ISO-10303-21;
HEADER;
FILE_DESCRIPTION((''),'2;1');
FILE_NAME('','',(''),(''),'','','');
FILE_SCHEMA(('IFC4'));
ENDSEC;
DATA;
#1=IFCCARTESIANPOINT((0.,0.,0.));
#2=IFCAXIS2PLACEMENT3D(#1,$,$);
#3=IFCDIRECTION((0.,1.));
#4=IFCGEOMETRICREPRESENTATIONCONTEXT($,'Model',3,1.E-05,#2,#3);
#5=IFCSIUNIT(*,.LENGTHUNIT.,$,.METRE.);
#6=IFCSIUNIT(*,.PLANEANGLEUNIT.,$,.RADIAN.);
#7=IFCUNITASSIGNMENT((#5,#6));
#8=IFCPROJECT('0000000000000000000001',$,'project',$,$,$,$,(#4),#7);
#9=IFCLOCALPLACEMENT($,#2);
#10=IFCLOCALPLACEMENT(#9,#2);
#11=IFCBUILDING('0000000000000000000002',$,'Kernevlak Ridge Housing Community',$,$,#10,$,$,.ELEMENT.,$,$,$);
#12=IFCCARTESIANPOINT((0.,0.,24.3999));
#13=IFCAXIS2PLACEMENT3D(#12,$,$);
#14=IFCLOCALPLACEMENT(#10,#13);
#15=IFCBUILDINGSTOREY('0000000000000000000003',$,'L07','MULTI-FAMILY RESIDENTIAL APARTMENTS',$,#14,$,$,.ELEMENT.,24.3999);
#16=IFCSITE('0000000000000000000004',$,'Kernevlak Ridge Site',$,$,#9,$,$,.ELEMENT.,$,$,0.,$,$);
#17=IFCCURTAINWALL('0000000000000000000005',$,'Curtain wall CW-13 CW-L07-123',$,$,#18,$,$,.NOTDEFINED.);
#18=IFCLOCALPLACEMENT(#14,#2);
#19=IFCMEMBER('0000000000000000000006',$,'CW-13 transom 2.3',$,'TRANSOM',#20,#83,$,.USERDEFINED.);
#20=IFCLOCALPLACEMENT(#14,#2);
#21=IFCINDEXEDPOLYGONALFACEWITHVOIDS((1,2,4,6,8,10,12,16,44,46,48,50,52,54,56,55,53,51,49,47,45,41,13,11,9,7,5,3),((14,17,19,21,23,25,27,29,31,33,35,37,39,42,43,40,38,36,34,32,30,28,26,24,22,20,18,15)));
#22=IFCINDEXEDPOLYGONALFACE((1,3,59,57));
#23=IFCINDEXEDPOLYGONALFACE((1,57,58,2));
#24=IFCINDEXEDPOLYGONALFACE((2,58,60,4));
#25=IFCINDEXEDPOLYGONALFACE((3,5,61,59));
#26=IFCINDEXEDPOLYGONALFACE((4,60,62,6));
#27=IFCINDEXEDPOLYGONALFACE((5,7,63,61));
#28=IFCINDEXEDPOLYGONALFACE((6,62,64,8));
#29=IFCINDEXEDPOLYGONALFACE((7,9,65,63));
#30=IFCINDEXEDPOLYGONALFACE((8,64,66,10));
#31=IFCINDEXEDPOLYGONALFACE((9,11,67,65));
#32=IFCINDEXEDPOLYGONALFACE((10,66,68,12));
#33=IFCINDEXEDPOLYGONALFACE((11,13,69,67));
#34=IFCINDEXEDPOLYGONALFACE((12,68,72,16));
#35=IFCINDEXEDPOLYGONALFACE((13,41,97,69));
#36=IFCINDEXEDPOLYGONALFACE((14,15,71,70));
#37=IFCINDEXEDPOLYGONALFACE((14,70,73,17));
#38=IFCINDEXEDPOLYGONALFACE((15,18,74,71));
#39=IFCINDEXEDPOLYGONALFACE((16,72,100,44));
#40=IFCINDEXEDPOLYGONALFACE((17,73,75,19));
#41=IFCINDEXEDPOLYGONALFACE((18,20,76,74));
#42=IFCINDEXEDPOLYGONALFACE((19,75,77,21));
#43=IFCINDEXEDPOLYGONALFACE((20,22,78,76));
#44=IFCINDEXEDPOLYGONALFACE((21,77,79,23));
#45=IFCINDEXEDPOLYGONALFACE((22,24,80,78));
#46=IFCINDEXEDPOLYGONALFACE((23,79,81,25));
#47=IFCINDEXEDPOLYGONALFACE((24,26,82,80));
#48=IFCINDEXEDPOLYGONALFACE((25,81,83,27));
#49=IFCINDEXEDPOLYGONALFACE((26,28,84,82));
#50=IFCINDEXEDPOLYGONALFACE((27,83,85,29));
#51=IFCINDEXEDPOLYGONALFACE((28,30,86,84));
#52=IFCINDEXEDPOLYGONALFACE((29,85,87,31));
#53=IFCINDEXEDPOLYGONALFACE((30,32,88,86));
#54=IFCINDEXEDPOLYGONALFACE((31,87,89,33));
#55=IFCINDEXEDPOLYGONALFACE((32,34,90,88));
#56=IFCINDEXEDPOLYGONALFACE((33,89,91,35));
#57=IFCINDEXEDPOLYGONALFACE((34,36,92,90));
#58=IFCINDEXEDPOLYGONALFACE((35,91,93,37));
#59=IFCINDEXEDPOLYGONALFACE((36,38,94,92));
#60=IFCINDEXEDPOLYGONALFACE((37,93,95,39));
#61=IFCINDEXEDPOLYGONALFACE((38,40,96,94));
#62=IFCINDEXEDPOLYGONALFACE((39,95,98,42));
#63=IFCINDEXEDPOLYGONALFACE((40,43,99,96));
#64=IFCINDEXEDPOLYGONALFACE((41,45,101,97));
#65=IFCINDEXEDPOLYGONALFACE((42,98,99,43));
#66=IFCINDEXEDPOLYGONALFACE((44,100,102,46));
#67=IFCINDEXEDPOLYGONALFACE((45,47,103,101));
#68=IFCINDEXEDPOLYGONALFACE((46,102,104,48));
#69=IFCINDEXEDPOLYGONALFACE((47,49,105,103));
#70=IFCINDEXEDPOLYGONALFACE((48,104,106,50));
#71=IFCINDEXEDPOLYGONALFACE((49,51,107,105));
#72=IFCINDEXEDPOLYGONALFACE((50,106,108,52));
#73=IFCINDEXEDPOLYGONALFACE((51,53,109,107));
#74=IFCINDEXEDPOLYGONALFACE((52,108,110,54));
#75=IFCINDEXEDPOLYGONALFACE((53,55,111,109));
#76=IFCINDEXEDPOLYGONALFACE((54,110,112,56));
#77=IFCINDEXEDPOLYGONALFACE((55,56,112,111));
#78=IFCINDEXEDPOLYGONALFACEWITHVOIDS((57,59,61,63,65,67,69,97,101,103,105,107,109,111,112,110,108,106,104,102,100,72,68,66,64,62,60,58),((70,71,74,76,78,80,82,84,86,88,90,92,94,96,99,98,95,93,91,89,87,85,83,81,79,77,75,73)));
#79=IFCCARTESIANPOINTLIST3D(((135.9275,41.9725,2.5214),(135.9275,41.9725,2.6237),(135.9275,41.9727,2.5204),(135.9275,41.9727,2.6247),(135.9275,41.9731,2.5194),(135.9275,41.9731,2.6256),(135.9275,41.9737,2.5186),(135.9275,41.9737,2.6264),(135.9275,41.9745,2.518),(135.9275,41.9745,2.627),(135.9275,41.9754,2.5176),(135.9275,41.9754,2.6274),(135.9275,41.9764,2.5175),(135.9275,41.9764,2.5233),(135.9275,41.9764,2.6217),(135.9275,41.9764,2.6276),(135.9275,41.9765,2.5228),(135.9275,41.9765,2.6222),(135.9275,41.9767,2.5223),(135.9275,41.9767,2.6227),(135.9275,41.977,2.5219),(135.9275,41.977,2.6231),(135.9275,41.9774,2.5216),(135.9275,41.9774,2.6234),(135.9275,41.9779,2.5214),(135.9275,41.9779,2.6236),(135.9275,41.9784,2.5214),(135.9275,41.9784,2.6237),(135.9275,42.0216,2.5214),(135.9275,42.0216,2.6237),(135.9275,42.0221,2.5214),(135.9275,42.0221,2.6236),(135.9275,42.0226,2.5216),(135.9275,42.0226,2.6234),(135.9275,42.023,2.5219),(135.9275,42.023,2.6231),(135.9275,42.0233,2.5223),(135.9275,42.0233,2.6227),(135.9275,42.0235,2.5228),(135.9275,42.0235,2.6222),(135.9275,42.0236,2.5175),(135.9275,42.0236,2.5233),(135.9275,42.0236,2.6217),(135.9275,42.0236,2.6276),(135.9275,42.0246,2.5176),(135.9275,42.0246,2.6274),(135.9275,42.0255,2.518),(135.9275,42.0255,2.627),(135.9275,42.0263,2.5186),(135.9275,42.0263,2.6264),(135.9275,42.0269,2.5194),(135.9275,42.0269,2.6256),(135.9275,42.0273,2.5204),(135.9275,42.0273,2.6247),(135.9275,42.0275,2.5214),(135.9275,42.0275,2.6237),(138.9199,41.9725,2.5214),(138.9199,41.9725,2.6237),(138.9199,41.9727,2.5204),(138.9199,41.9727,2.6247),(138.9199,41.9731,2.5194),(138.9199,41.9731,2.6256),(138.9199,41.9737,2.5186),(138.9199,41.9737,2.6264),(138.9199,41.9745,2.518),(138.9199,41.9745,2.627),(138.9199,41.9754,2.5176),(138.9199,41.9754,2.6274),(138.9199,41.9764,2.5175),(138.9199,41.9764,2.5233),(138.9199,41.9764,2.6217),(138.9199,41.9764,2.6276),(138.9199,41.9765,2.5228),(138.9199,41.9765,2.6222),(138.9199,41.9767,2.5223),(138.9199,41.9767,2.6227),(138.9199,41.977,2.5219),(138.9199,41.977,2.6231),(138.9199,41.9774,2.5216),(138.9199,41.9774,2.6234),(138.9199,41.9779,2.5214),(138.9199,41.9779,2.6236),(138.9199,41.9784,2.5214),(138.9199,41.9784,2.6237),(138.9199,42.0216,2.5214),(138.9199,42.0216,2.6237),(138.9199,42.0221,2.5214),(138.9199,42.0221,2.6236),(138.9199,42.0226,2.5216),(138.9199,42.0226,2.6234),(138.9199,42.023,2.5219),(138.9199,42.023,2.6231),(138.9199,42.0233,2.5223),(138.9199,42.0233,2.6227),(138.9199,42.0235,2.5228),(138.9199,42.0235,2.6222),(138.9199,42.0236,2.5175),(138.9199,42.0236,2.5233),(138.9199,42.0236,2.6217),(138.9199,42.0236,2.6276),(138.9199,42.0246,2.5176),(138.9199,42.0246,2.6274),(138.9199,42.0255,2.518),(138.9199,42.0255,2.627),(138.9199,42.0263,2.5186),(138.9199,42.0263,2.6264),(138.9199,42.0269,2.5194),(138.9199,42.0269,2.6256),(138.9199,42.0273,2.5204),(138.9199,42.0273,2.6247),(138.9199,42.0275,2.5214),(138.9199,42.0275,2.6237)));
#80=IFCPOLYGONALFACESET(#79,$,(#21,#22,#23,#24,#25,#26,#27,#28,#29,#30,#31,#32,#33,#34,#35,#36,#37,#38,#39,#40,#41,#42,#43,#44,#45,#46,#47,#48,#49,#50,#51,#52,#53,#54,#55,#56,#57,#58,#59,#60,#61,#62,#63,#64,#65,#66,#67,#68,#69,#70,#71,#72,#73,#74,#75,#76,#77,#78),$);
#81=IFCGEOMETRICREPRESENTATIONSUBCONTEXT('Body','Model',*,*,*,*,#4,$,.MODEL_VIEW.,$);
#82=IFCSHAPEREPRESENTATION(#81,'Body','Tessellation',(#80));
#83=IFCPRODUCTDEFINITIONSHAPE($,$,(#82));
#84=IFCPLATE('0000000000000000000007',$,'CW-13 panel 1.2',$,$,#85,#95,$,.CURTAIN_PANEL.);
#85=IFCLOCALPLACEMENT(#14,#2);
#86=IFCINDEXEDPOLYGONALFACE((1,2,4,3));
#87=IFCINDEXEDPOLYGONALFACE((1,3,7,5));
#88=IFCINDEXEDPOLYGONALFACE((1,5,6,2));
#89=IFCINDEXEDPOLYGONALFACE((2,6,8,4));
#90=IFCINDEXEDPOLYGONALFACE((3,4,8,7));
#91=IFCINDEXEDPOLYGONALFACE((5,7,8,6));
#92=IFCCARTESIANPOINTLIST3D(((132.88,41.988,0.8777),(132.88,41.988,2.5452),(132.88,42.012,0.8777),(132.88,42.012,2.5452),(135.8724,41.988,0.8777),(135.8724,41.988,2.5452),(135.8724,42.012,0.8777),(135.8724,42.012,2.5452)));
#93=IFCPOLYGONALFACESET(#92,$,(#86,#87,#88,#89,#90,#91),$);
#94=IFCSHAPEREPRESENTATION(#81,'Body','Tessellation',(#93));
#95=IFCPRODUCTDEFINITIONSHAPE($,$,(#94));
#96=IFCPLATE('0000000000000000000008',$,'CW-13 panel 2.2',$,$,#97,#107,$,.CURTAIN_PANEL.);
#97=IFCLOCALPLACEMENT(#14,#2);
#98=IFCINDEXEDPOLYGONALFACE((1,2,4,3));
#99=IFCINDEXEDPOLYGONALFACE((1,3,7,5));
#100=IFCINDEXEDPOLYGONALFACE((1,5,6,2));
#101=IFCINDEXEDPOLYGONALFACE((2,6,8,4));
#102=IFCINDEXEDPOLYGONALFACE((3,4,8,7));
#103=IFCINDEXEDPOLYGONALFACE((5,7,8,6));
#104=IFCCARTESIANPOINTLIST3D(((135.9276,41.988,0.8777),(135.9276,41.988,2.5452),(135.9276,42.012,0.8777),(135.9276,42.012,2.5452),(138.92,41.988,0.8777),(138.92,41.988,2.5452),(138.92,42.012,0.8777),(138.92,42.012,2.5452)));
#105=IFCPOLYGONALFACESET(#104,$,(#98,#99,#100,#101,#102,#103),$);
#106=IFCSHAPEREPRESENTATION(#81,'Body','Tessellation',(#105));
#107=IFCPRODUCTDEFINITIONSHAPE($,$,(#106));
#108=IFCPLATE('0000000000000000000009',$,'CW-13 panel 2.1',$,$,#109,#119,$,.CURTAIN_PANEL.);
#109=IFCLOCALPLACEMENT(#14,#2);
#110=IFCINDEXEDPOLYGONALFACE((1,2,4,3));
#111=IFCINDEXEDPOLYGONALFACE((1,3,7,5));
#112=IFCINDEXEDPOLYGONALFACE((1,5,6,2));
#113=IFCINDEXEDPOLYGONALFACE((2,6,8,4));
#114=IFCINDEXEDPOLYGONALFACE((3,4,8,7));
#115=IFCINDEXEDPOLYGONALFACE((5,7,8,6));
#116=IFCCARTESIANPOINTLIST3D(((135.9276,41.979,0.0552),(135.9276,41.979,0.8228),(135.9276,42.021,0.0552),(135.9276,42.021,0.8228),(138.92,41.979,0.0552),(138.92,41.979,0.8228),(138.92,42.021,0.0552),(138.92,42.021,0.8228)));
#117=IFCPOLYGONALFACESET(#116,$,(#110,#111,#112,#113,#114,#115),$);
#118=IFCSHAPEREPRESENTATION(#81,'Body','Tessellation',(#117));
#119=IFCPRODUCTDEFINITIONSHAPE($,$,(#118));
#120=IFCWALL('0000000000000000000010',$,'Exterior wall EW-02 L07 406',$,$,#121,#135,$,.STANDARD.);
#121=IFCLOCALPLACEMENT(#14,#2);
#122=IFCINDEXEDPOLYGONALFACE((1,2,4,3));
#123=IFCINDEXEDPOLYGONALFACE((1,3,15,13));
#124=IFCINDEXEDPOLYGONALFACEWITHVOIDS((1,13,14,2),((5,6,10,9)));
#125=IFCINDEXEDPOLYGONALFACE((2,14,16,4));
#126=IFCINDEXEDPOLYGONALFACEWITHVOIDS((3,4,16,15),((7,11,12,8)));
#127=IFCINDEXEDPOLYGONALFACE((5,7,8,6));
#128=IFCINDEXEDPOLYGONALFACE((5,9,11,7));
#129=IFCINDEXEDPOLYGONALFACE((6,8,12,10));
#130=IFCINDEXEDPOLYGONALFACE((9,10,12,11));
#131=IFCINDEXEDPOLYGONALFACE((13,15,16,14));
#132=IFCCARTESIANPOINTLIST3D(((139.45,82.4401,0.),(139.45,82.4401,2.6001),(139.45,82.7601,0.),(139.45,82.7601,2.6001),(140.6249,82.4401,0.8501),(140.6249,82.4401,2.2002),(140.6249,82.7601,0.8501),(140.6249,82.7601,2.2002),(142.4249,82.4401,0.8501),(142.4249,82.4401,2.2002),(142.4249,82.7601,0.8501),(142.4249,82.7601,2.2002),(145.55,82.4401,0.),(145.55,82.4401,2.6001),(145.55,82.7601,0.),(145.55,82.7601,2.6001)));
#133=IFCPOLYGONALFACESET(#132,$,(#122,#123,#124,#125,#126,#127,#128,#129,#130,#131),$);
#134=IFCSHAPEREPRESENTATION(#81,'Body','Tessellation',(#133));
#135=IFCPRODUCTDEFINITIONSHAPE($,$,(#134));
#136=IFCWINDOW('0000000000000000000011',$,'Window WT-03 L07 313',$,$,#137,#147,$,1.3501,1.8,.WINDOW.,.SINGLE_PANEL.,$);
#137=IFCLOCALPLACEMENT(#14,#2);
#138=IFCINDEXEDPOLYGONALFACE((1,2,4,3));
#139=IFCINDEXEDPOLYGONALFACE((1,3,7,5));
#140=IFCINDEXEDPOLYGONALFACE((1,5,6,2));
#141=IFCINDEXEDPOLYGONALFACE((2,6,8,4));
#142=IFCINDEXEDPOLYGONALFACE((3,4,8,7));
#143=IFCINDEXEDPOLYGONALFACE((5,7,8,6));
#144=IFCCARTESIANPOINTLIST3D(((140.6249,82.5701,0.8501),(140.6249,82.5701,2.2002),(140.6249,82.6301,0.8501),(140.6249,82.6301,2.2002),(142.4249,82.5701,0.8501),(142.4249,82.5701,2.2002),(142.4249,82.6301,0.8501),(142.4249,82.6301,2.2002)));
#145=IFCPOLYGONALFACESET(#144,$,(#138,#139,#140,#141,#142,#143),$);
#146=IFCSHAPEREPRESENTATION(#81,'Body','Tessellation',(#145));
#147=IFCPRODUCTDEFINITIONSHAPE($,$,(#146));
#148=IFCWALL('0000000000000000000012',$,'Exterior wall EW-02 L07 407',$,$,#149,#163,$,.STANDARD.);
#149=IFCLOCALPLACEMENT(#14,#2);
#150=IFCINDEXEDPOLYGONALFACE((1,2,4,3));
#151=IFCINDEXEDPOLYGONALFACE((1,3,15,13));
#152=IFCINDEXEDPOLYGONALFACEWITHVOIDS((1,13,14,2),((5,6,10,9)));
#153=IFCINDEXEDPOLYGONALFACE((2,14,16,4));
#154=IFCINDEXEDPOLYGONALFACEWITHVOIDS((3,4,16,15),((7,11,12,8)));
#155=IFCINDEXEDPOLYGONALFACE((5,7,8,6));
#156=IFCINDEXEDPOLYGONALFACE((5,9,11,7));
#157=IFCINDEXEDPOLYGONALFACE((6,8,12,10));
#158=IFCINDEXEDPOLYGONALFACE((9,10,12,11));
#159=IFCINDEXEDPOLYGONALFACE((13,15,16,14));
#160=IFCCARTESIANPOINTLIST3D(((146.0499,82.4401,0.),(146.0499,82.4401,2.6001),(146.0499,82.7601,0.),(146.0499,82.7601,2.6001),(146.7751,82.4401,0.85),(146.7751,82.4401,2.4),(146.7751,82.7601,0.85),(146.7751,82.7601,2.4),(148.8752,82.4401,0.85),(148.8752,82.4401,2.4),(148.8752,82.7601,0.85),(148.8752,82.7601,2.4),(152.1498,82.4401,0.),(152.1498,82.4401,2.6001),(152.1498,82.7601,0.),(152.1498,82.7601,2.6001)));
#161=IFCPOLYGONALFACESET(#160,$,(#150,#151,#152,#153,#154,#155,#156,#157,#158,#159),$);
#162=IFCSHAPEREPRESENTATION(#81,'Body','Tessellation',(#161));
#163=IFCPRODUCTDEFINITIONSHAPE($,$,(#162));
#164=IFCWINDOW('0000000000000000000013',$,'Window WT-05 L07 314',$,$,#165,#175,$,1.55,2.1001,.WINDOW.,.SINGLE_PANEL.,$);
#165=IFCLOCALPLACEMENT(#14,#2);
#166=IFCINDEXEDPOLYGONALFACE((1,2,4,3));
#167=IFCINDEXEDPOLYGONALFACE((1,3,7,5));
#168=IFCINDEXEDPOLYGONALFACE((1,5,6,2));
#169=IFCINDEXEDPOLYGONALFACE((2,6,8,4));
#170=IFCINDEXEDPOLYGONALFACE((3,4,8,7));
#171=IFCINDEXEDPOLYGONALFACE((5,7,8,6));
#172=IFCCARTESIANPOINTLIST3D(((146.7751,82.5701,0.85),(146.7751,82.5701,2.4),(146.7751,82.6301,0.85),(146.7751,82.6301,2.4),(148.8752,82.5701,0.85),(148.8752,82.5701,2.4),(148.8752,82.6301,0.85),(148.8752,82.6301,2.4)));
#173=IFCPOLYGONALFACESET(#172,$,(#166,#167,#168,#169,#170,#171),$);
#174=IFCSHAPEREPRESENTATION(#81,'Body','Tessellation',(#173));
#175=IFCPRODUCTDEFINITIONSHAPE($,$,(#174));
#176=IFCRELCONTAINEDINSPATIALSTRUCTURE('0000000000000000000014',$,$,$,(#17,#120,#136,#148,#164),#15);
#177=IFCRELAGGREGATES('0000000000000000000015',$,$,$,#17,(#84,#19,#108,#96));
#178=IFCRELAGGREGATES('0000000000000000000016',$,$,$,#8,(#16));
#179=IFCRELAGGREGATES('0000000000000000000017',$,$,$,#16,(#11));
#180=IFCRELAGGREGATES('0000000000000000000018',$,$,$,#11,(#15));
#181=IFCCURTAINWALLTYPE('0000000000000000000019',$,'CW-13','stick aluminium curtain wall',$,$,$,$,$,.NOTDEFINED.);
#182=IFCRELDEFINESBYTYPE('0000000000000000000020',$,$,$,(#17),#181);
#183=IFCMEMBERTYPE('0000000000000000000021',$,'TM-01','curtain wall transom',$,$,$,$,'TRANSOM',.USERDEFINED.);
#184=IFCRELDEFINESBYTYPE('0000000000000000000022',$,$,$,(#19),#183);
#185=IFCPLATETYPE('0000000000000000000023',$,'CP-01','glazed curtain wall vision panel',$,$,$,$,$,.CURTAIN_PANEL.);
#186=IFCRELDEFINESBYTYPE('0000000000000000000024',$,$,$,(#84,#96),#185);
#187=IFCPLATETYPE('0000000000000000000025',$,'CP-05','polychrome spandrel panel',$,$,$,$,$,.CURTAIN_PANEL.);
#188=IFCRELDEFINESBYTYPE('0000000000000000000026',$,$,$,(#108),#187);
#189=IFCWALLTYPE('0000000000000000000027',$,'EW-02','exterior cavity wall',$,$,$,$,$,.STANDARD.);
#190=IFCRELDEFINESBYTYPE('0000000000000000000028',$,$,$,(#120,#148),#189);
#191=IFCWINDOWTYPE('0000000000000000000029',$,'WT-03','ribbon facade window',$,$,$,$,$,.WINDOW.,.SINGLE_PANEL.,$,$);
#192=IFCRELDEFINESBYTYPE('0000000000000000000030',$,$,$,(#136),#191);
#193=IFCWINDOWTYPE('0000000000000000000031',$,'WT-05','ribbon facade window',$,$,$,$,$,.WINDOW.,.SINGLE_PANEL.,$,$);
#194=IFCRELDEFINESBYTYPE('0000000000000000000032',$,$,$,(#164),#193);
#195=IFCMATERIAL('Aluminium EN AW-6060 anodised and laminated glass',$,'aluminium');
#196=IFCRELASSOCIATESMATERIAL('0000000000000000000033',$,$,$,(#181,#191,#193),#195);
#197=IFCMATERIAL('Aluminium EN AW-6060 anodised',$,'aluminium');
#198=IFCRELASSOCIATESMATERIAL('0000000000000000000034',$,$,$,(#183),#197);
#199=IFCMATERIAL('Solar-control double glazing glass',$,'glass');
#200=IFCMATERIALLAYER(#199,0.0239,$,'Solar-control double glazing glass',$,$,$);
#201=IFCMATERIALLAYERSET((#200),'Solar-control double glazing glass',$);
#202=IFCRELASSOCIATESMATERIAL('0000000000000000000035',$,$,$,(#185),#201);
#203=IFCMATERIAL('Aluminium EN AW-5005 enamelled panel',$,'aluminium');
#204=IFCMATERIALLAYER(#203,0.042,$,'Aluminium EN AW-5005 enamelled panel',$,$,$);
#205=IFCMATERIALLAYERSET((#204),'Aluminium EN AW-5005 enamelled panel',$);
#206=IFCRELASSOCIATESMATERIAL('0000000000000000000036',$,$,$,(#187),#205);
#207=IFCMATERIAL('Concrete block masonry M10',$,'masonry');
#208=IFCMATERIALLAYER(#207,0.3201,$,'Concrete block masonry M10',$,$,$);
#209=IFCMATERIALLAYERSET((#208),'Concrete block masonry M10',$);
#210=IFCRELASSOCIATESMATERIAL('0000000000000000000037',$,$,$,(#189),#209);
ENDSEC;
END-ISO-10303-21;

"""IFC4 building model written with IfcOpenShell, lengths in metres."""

from ifc_helpers import new_model, si_unit, direction, frame, frame_2d, origin, origin_2d, place, context, subcontext, project, spatial, rectangle, hollow_rectangle, extrude, material, layer, layer_set, material_profile, profile_set, type_object, element, fill, aggregate, save


model = new_model("IFC4")

# Units and contexts
model_context = context("Model", 3, precision=1e-05, world=origin(), true_north=direction((0.0, 1.0)))
body_context = subcontext(model_context, "Body", "Model", "MODEL_VIEW")
ifc_project = project(units=[si_unit("LENGTHUNIT", "METRE"), si_unit("PLANEANGLEUNIT", "RADIAN")], contexts=[model_context])

# Site, building, storey
site_placement = place(None, origin())
site = spatial("IfcSite", under=ifc_project, at=site_placement, Name="Kernevlak Ridge Site", CompositionType="ELEMENT", RefElevation=0.0)
building_placement = place(site_placement, origin())
building = spatial("IfcBuilding", under=site, at=building_placement, Name="Kernevlak Ridge Housing Community", CompositionType="ELEMENT")
storey_placement = place(building_placement, frame((0.0, 0.0, 24.3999)))
storey = spatial("IfcBuildingStorey", under=building, at=storey_placement, Name="L07", Description="MULTI-FAMILY RESIDENTIAL APARTMENTS", CompositionType="ELEMENT", Elevation=24.3999)

# Curtain wall
ifc_material_1 = material(Name="Aluminium EN AW-6060 anodised and laminated glass", Category="aluminium")
curtain_wall_type = type_object("IfcCurtainWallType", Name="CW-13", Description="stick aluminium curtain wall", PredefinedType="NOTDEFINED", material=ifc_material_1)
curtain_wall_placement = place(storey_placement, origin())
curtain_wall = element("IfcCurtainWall", 1, at=curtain_wall_placement, inside=storey, type_object=curtain_wall_type, Name="Curtain wall CW-13 CW-L07-123", PredefinedType="NOTDEFINED")
ifc_material_2 = material(Name="Aluminium EN AW-6060 anodised", Category="aluminium")

# Member
ifc_material_profile_1 = material_profile(ifc_material_2, hollow_rectangle(XDim=0.0549, YDim=0.1101, WallThickness=0.0039, InnerFilletRadius=0.002, OuterFilletRadius=0.0039, at=origin_2d()), Name="ALU 55x110x4")
ifc_profile_set_1 = profile_set([ifc_material_profile_1], Name="Aluminium EN AW-6060 anodised")
member_type_1 = type_object("IfcMemberType", Name="TM-01", Description="curtain wall transom", ElementType="TRANSOM", PredefinedType="USERDEFINED", material=ifc_profile_set_1)
member_1_placement = place(storey_placement, frame((135.9275, 42.0, 2.5725), z_axis=(1.0, 0.0, 0.0), x_axis=(0.0, 1.0, 0.0)))
member_1 = element("IfcMember", 2, at=member_1_placement, type_object=member_type_1, Name="CW-13 transom 2.3", ObjectType="TRANSOM", PredefinedType="USERDEFINED", context=body_context, shape_type="SweptSolid", body=[
    extrude(hollow_rectangle(XDim=0.0549, YDim=0.1101, WallThickness=0.0039, InnerFilletRadius=0.002, OuterFilletRadius=0.0039, at=origin_2d()), origin(), (0.0, 0.0, 1.0), 2.9924),
])

# Plates
ifc_material_3 = material(Name="Solar-control double glazing glass", Category="glass")
ifc_layer_1 = layer(ifc_material_3, 0.0239, Name="Solar-control double glazing glass")
ifc_layer_set_1 = layer_set([ifc_layer_1], Name="Solar-control double glazing glass")
plate_type_1 = type_object("IfcPlateType", Name="CP-01", Description="glazed curtain wall vision panel", PredefinedType="CURTAIN_PANEL", material=ifc_layer_set_1)
plate_1_placement = place(storey_placement, frame((134.3762, 42.0, 0.8777), z_axis=(0.0, 0.0, 1.0), x_axis=(1.0, 0.0, 0.0)))
plate_1 = element("IfcPlate", 3, at=plate_1_placement, type_object=plate_type_1, Name="CW-13 panel 1.2", PredefinedType="CURTAIN_PANEL", context=body_context, shape_type="SweptSolid", body=[
    extrude(rectangle(XDim=2.9924, YDim=0.0239, at=origin_2d()), origin(), (0.0, 0.0, 1.0), 1.6675),
])
plate_2_placement = place(storey_placement, frame((137.4238, 42.0, 0.8777), z_axis=(0.0, 0.0, 1.0), x_axis=(1.0, 0.0, 0.0)))
plate_2 = element("IfcPlate", 4, at=plate_2_placement, type_object=plate_type_1, Name="CW-13 panel 2.2", PredefinedType="CURTAIN_PANEL", context=body_context, shape_type="SweptSolid", body=[
    extrude(rectangle(XDim=2.9924, YDim=0.0239, at=origin_2d()), origin(), (0.0, 0.0, 1.0), 1.6675),
])
ifc_material_4 = material(Name="Aluminium EN AW-5005 enamelled panel", Category="aluminium")
ifc_layer_2 = layer(ifc_material_4, 0.042, Name="Aluminium EN AW-5005 enamelled panel")
ifc_layer_set_2 = layer_set([ifc_layer_2], Name="Aluminium EN AW-5005 enamelled panel")
plate_type_2 = type_object("IfcPlateType", Name="CP-05", Description="polychrome spandrel panel", PredefinedType="CURTAIN_PANEL", material=ifc_layer_set_2)
plate_3_placement = place(storey_placement, frame((137.4238, 42.0, 0.0552), z_axis=(0.0, 0.0, 1.0), x_axis=(1.0, 0.0, 0.0)))
plate_3 = element("IfcPlate", 5, at=plate_3_placement, type_object=plate_type_2, Name="CW-13 panel 2.1", PredefinedType="CURTAIN_PANEL", context=body_context, shape_type="SweptSolid", body=[
    extrude(rectangle(XDim=2.9924, YDim=0.042, at=origin_2d()), origin(), (0.0, 0.0, 1.0), 0.7676),
])
aggregate(curtain_wall, [plate_1, member_1, plate_3, plate_2])

# Walls, openings, windows
ifc_material_5 = material(Name="Concrete block masonry M10", Category="masonry")
ifc_layer_3 = layer(ifc_material_5, 0.3201, Name="Concrete block masonry M10")
ifc_layer_set_3 = layer_set([ifc_layer_3], Name="Concrete block masonry M10")
wall_type_1 = type_object("IfcWallType", Name="EW-02", Description="exterior cavity wall", PredefinedType="STANDARD", material=ifc_layer_set_3)
wall_1_placement = place(storey_placement, frame((139.45, 82.6001, 0.0), z_axis=(0.0, 0.0, 1.0), x_axis=(1.0, 0.0, 0.0)))
wall_1 = element("IfcWall", 6, at=wall_1_placement, inside=storey, type_object=wall_type_1, Name="Exterior wall EW-02 L07 406", PredefinedType="STANDARD", context=body_context, shape_type="SweptSolid", body=[
    extrude(rectangle(XDim=6.1001, YDim=0.3201, at=frame_2d((3.05, 0.0))), origin(), (0.0, 0.0, 1.0), 2.6001),
])
opening_1_placement = place(wall_1_placement, frame((1.175, 0.0, 0.8501)))
opening_1 = element("IfcOpeningElement", 7, at=opening_1_placement, cuts=wall_1, PredefinedType="OPENING", context=body_context, shape_type="SweptSolid", body=[
    extrude(rectangle(XDim=1.8, YDim=1.3501, at=frame_2d((0.8999, 0.675))), frame((0.0, 0.1699, 0.0), z_axis=(0.0, -1.0, 0.0), x_axis=(1.0, 0.0, 0.0)), (0.0, 0.0, 1.0), 0.3401),
])
window_type_1 = type_object("IfcWindowType", Name="WT-03", Description="ribbon facade window", PartitioningType="SINGLE_PANEL", PredefinedType="WINDOW", material=ifc_material_1)
window_1_placement = place(opening_1_placement, origin())
window_1 = element("IfcWindow", 8, at=window_1_placement, inside=storey, type_object=window_type_1, Name="Window WT-03 L07 313", OverallHeight=1.3501, OverallWidth=1.8, PartitioningType="SINGLE_PANEL", PredefinedType="WINDOW", context=body_context, shape_type="SweptSolid", body=[
    extrude(rectangle(XDim=1.8, YDim=1.3501, at=frame_2d((0.8999, 0.675))), frame((0.0, 0.03, 0.0), z_axis=(0.0, -1.0, 0.0), x_axis=(1.0, 0.0, 0.0)), (0.0, 0.0, 1.0), 0.0601),
])
fill(opening_1, window_1)
wall_2_placement = place(storey_placement, frame((146.05, 82.6001, 0.0), z_axis=(0.0, 0.0, 1.0), x_axis=(1.0, 0.0, 0.0)))
wall_2 = element("IfcWall", 9, at=wall_2_placement, inside=storey, type_object=wall_type_1, Name="Exterior wall EW-02 L07 407", PredefinedType="STANDARD", context=body_context, shape_type="SweptSolid", body=[
    extrude(rectangle(XDim=6.0999, YDim=0.3201, at=frame_2d((3.0498, 0.0))), origin(), (0.0, 0.0, 1.0), 2.6001),
])
opening_2_placement = place(wall_2_placement, frame((0.7251, 0.0, 0.8501)))
opening_2 = element("IfcOpeningElement", 10, at=opening_2_placement, cuts=wall_2, PredefinedType="OPENING", context=body_context, shape_type="SweptSolid", body=[
    extrude(rectangle(XDim=2.1001, YDim=1.55, at=frame_2d((1.05, 0.7749))), frame((0.0, 0.1699, 0.0), z_axis=(0.0, -1.0, 0.0), x_axis=(1.0, 0.0, 0.0)), (0.0, 0.0, 1.0), 0.3401),
])
window_type_2 = type_object("IfcWindowType", Name="WT-05", Description="ribbon facade window", PartitioningType="SINGLE_PANEL", PredefinedType="WINDOW", material=ifc_material_1)
window_2_placement = place(opening_2_placement, origin())
window_2 = element("IfcWindow", 11, at=window_2_placement, inside=storey, type_object=window_type_2, Name="Window WT-05 L07 314", OverallHeight=1.55, OverallWidth=2.1001, PartitioningType="SINGLE_PANEL", PredefinedType="WINDOW", context=body_context, shape_type="SweptSolid", body=[
    extrude(rectangle(XDim=2.1001, YDim=1.55, at=frame_2d((1.05, 0.7749))), frame((0.0, 0.03, 0.0), z_axis=(0.0, -1.0, 0.0), x_axis=(1.0, 0.0, 0.0)), (0.0, 0.0, 1.0), 0.0601),
])
fill(opening_2, window_2)

save(model, "model.ifc")
